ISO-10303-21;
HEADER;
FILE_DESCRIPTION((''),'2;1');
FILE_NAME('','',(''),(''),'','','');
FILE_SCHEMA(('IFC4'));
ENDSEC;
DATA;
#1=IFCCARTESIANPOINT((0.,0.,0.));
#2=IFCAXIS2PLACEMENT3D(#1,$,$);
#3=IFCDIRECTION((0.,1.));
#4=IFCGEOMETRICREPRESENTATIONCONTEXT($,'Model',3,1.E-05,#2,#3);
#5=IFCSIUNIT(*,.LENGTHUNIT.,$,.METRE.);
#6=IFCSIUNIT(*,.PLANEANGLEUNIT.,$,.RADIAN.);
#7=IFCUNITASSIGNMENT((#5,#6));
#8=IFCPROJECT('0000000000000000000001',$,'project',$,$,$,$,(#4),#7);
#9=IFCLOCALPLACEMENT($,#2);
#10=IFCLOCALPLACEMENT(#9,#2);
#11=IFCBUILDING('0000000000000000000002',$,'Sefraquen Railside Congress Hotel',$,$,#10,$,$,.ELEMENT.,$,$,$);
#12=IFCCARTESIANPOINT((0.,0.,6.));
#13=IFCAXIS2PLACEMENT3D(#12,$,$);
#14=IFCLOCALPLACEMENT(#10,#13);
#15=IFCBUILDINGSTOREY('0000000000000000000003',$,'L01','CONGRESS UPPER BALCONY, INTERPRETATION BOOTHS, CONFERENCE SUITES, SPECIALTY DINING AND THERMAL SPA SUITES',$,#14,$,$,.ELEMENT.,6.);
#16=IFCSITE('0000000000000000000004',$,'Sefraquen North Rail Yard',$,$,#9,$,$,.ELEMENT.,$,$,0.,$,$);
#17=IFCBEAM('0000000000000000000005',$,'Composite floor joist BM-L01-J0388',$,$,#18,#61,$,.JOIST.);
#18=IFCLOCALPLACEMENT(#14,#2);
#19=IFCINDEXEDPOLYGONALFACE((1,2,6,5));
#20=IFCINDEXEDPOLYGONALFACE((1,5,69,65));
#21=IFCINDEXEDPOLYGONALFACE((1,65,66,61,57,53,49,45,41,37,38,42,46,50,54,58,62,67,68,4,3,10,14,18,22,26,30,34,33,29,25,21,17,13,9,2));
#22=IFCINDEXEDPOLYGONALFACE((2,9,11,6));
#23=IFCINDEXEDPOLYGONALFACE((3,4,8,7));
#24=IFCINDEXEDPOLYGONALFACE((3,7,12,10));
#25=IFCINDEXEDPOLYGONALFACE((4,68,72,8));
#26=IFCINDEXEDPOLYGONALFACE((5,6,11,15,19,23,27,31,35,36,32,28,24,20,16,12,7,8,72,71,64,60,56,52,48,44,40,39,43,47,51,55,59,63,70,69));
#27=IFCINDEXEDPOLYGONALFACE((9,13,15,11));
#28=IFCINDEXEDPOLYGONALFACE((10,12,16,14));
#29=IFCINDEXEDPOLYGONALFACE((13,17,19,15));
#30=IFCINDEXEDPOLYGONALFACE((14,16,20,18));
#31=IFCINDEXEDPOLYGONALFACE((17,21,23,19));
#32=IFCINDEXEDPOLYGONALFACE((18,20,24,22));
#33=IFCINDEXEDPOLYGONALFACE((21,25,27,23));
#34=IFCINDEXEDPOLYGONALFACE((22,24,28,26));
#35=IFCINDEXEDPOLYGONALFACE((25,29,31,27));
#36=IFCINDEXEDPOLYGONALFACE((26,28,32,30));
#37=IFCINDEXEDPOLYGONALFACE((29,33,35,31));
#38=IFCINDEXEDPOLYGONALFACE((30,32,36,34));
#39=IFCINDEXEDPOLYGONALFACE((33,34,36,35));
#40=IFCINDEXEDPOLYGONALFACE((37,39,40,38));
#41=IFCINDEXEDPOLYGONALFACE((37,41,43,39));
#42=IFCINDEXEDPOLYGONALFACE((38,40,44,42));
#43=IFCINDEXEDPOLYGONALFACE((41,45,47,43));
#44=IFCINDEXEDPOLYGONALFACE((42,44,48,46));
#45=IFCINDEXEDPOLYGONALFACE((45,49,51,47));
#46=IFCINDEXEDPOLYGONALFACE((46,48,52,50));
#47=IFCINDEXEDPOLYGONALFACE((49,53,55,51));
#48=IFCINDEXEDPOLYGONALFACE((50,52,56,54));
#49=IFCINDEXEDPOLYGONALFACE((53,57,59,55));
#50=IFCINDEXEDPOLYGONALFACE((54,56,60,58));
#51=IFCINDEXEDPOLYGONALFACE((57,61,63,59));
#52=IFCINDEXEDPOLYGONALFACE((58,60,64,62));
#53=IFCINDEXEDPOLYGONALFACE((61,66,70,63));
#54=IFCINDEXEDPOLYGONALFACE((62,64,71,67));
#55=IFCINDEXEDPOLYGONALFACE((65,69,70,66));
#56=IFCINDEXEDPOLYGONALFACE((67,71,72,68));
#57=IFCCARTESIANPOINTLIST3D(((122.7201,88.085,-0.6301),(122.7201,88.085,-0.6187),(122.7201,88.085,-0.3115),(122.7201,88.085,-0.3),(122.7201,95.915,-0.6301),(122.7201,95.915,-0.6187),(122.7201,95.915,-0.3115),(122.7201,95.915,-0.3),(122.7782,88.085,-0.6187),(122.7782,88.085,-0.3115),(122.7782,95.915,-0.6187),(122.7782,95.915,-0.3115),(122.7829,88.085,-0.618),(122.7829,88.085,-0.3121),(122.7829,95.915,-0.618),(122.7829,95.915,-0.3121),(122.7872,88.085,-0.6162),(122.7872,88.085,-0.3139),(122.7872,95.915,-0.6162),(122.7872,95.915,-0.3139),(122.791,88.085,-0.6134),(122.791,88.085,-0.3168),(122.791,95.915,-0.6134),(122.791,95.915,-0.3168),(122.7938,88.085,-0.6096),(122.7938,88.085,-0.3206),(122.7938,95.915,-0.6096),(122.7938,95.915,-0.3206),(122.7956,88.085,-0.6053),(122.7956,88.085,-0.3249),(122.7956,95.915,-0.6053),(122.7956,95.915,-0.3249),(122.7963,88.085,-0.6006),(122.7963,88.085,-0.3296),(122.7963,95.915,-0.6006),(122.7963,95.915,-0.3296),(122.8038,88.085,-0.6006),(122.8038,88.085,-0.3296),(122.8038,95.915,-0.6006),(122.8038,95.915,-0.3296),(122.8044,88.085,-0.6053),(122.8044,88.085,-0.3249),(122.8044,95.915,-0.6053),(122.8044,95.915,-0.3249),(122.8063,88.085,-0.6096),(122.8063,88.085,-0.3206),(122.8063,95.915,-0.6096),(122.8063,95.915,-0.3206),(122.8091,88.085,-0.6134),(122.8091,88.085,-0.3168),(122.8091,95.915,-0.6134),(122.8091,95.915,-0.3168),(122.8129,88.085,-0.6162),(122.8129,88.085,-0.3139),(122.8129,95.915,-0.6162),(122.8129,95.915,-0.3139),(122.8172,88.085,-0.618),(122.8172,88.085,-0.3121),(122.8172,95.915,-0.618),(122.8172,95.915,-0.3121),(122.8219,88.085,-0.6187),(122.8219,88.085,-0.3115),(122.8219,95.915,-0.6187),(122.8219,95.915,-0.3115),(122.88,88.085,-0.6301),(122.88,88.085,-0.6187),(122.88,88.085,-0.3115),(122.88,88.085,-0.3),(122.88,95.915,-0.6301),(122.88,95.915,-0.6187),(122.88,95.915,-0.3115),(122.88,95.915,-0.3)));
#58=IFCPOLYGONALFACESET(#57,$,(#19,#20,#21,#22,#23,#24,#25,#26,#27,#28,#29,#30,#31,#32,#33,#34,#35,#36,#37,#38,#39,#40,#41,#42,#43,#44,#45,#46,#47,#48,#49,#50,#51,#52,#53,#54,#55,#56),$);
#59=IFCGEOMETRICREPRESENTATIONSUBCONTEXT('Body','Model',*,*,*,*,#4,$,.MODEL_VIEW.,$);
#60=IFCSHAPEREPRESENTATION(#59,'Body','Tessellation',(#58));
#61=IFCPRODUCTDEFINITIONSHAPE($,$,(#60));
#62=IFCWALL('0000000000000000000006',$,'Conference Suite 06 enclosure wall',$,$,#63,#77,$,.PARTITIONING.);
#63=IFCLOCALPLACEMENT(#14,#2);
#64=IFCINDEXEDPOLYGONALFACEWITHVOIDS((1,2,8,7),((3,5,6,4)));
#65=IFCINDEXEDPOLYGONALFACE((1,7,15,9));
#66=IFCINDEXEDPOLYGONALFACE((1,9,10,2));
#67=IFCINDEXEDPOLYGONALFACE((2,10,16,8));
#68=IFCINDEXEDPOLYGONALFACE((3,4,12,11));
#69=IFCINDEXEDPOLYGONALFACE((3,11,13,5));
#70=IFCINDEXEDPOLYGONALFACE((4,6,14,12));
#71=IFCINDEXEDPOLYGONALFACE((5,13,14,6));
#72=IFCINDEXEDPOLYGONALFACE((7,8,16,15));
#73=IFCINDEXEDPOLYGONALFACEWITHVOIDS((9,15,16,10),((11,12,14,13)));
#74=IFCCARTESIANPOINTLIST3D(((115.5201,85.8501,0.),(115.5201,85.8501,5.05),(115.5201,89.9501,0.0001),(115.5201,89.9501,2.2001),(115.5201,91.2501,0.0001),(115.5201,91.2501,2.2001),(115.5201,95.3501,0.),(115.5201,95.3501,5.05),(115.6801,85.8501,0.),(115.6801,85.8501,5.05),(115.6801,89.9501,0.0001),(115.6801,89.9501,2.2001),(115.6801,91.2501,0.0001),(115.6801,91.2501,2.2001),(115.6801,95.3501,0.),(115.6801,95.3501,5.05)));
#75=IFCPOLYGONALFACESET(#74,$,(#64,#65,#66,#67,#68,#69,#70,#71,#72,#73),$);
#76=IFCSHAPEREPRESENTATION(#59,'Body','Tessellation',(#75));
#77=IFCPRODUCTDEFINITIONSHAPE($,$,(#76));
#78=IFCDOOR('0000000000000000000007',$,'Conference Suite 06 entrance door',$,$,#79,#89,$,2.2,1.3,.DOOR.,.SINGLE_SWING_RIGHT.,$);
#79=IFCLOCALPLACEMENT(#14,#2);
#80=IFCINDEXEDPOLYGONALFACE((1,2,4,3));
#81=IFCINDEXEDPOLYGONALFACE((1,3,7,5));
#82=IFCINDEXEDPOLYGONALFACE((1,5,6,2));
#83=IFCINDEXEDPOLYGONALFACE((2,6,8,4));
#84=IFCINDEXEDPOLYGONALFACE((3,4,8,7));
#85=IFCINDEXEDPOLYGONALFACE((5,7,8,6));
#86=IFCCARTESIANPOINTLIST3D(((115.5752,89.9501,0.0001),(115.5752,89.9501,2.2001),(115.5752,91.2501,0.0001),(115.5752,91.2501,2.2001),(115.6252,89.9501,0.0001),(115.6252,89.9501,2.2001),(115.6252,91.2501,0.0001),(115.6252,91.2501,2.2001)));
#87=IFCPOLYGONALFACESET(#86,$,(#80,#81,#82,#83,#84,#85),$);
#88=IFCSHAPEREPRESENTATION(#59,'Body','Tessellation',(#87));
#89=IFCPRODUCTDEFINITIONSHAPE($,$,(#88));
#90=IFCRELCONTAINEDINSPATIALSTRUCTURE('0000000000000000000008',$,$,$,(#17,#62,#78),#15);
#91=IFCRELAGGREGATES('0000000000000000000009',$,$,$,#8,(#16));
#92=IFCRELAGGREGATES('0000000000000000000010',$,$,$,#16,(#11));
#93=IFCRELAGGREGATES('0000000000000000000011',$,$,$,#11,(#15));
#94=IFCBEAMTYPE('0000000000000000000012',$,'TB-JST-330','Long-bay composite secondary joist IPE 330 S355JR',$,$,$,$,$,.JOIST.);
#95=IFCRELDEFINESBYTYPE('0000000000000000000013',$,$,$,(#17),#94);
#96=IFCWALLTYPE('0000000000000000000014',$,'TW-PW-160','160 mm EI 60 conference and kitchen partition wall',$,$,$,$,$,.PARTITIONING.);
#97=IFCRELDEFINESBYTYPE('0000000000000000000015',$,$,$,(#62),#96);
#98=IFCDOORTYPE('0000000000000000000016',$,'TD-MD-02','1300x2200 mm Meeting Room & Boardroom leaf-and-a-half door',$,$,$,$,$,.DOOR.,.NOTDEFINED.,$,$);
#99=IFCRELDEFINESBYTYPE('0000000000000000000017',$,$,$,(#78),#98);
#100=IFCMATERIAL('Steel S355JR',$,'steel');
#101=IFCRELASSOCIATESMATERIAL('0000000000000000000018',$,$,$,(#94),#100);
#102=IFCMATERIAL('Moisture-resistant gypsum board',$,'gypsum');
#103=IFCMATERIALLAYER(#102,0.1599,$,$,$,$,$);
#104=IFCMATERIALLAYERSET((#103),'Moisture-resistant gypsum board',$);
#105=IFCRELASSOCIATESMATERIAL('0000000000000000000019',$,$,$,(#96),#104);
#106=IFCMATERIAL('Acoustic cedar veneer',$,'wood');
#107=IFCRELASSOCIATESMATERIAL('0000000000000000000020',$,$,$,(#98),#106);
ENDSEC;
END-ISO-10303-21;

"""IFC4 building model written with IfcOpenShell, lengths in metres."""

from ifc_helpers import new_model, si_unit, direction, frame, frame_2d, origin, origin_2d, place, context, subcontext, project, spatial, rectangle, i_section, extrude, material, layer, layer_set, material_profile, profile_set, type_object, element, fill, save


model = new_model("IFC4")

# Units and contexts
model_context = context("Model", 3, precision=1e-05, world=origin(), true_north=direction((0.0, 1.0)))
body_context = subcontext(model_context, "Body", "Model", "MODEL_VIEW")
ifc_project = project(units=[si_unit("LENGTHUNIT", "METRE"), si_unit("PLANEANGLEUNIT", "RADIAN")], contexts=[model_context])

# Site, building, storey
site_placement = place(None, origin())
site = spatial("IfcSite", under=ifc_project, at=site_placement, Name="Sefraquen North Rail Yard", CompositionType="ELEMENT", RefElevation=0.0)
building_placement = place(site_placement, origin())
building = spatial("IfcBuilding", under=site, at=building_placement, Name="Sefraquen Railside Congress Hotel", CompositionType="ELEMENT")
storey_placement = place(building_placement, frame((0.0, 0.0, 6.0)))
storey = spatial("IfcBuildingStorey", under=building, at=storey_placement, Name="L01", Description="CONGRESS UPPER BALCONY, INTERPRETATION BOOTHS, CONFERENCE SUITES, SPECIALTY DINING AND THERMAL SPA SUITES", CompositionType="ELEMENT", Elevation=6.0)

# Shared definitions
ifc_material_1 = material(Name="Steel S355JR", Category="steel")

# Beam
ifc_material_profile_1 = material_profile(ifc_material_1, i_section(OverallWidth=0.1599, OverallDepth=0.3301, WebThickness=0.0076, FlangeThickness=0.0115, FilletRadius=0.0181, at=origin_2d()), Name="IPE 330")
ifc_profile_set_1 = profile_set([ifc_material_profile_1], Name="Steel S355JR")
beam_type_1 = type_object("IfcBeamType", Name="TB-JST-330", Description="Long-bay composite secondary joist IPE 330 S355JR", PredefinedType="JOIST", material=ifc_profile_set_1)
beam_1_placement = place(storey_placement, frame((122.8, 88.085, -0.4651), z_axis=(0.0, 1.0, 0.0), x_axis=(-1.0, 0.0, 0.0)))
element("IfcBeam", 1, at=beam_1_placement, inside=storey, type_object=beam_type_1, Name="Composite floor joist BM-L01-J0388", PredefinedType="JOIST", context=body_context, shape_type="SweptSolid", body=[
    extrude(i_section(OverallWidth=0.1599, OverallDepth=0.3301, WebThickness=0.0076, FlangeThickness=0.0115, FilletRadius=0.0181, at=origin_2d()), origin(), (0.0, 0.0, 1.0), 7.8301),
])

# Wall, opening, door
ifc_material_2 = material(Name="Moisture-resistant gypsum board", Category="gypsum")
ifc_layer = layer(ifc_material_2, 0.1599)
ifc_layer_set = layer_set([ifc_layer], Name="Moisture-resistant gypsum board")
wall_type = type_object("IfcWallType", Name="TW-PW-160", Description="160 mm EI 60 conference and kitchen partition wall", PredefinedType="PARTITIONING", material=ifc_layer_set)
wall_placement = place(storey_placement, frame((115.6001, 85.8501, 0.0), z_axis=(0.0, 0.0, 1.0), x_axis=(0.0, 1.0, 0.0)))
wall = element("IfcWall", 2, at=wall_placement, inside=storey, type_object=wall_type, Name="Conference Suite 06 enclosure wall", PredefinedType="PARTITIONING", context=body_context, shape_type="SweptSolid", body=[
    extrude(rectangle(XDim=9.5, YDim=0.1599, at=frame_2d((4.75, 0.0))), origin(), (0.0, 0.0, 1.0), 5.05),
])
opening_placement = place(wall_placement, frame((4.1001, 0.0, 0.0)))
opening = element("IfcOpeningElement", 3, at=opening_placement, cuts=wall, PredefinedType="OPENING", context=body_context, shape_type="SweptSolid", body=[
    extrude(rectangle(XDim=1.3, YDim=2.2, at=frame_2d((0.6499, 1.1001))), frame((0.0, 0.0898, 0.0), z_axis=(0.0, -1.0, 0.0), x_axis=(1.0, 0.0, 0.0)), (0.0, 0.0, 1.0), 0.1799),
])
ifc_material_3 = material(Name="Acoustic cedar veneer", Category="wood")
door_type = type_object("IfcDoorType", Name="TD-MD-02", Description="1300x2200 mm Meeting Room & Boardroom leaf-and-a-half door", OperationType="NOTDEFINED", PredefinedType="DOOR", material=ifc_material_3)
door_placement = place(opening_placement, origin())
door = element("IfcDoor", 4, at=door_placement, inside=storey, type_object=door_type, Name="Conference Suite 06 entrance door", OperationType="SINGLE_SWING_RIGHT", OverallHeight=2.2, OverallWidth=1.3, PredefinedType="DOOR", context=body_context, shape_type="SweptSolid", body=[
    extrude(rectangle(XDim=1.3, YDim=2.2, at=frame_2d((0.6499, 1.1001))), frame((0.0, 0.0249, 0.0), z_axis=(0.0, -1.0, 0.0), x_axis=(1.0, 0.0, 0.0)), (0.0, 0.0, 1.0), 0.05),
])
fill(opening, door)

save(model, "model.ifc")
